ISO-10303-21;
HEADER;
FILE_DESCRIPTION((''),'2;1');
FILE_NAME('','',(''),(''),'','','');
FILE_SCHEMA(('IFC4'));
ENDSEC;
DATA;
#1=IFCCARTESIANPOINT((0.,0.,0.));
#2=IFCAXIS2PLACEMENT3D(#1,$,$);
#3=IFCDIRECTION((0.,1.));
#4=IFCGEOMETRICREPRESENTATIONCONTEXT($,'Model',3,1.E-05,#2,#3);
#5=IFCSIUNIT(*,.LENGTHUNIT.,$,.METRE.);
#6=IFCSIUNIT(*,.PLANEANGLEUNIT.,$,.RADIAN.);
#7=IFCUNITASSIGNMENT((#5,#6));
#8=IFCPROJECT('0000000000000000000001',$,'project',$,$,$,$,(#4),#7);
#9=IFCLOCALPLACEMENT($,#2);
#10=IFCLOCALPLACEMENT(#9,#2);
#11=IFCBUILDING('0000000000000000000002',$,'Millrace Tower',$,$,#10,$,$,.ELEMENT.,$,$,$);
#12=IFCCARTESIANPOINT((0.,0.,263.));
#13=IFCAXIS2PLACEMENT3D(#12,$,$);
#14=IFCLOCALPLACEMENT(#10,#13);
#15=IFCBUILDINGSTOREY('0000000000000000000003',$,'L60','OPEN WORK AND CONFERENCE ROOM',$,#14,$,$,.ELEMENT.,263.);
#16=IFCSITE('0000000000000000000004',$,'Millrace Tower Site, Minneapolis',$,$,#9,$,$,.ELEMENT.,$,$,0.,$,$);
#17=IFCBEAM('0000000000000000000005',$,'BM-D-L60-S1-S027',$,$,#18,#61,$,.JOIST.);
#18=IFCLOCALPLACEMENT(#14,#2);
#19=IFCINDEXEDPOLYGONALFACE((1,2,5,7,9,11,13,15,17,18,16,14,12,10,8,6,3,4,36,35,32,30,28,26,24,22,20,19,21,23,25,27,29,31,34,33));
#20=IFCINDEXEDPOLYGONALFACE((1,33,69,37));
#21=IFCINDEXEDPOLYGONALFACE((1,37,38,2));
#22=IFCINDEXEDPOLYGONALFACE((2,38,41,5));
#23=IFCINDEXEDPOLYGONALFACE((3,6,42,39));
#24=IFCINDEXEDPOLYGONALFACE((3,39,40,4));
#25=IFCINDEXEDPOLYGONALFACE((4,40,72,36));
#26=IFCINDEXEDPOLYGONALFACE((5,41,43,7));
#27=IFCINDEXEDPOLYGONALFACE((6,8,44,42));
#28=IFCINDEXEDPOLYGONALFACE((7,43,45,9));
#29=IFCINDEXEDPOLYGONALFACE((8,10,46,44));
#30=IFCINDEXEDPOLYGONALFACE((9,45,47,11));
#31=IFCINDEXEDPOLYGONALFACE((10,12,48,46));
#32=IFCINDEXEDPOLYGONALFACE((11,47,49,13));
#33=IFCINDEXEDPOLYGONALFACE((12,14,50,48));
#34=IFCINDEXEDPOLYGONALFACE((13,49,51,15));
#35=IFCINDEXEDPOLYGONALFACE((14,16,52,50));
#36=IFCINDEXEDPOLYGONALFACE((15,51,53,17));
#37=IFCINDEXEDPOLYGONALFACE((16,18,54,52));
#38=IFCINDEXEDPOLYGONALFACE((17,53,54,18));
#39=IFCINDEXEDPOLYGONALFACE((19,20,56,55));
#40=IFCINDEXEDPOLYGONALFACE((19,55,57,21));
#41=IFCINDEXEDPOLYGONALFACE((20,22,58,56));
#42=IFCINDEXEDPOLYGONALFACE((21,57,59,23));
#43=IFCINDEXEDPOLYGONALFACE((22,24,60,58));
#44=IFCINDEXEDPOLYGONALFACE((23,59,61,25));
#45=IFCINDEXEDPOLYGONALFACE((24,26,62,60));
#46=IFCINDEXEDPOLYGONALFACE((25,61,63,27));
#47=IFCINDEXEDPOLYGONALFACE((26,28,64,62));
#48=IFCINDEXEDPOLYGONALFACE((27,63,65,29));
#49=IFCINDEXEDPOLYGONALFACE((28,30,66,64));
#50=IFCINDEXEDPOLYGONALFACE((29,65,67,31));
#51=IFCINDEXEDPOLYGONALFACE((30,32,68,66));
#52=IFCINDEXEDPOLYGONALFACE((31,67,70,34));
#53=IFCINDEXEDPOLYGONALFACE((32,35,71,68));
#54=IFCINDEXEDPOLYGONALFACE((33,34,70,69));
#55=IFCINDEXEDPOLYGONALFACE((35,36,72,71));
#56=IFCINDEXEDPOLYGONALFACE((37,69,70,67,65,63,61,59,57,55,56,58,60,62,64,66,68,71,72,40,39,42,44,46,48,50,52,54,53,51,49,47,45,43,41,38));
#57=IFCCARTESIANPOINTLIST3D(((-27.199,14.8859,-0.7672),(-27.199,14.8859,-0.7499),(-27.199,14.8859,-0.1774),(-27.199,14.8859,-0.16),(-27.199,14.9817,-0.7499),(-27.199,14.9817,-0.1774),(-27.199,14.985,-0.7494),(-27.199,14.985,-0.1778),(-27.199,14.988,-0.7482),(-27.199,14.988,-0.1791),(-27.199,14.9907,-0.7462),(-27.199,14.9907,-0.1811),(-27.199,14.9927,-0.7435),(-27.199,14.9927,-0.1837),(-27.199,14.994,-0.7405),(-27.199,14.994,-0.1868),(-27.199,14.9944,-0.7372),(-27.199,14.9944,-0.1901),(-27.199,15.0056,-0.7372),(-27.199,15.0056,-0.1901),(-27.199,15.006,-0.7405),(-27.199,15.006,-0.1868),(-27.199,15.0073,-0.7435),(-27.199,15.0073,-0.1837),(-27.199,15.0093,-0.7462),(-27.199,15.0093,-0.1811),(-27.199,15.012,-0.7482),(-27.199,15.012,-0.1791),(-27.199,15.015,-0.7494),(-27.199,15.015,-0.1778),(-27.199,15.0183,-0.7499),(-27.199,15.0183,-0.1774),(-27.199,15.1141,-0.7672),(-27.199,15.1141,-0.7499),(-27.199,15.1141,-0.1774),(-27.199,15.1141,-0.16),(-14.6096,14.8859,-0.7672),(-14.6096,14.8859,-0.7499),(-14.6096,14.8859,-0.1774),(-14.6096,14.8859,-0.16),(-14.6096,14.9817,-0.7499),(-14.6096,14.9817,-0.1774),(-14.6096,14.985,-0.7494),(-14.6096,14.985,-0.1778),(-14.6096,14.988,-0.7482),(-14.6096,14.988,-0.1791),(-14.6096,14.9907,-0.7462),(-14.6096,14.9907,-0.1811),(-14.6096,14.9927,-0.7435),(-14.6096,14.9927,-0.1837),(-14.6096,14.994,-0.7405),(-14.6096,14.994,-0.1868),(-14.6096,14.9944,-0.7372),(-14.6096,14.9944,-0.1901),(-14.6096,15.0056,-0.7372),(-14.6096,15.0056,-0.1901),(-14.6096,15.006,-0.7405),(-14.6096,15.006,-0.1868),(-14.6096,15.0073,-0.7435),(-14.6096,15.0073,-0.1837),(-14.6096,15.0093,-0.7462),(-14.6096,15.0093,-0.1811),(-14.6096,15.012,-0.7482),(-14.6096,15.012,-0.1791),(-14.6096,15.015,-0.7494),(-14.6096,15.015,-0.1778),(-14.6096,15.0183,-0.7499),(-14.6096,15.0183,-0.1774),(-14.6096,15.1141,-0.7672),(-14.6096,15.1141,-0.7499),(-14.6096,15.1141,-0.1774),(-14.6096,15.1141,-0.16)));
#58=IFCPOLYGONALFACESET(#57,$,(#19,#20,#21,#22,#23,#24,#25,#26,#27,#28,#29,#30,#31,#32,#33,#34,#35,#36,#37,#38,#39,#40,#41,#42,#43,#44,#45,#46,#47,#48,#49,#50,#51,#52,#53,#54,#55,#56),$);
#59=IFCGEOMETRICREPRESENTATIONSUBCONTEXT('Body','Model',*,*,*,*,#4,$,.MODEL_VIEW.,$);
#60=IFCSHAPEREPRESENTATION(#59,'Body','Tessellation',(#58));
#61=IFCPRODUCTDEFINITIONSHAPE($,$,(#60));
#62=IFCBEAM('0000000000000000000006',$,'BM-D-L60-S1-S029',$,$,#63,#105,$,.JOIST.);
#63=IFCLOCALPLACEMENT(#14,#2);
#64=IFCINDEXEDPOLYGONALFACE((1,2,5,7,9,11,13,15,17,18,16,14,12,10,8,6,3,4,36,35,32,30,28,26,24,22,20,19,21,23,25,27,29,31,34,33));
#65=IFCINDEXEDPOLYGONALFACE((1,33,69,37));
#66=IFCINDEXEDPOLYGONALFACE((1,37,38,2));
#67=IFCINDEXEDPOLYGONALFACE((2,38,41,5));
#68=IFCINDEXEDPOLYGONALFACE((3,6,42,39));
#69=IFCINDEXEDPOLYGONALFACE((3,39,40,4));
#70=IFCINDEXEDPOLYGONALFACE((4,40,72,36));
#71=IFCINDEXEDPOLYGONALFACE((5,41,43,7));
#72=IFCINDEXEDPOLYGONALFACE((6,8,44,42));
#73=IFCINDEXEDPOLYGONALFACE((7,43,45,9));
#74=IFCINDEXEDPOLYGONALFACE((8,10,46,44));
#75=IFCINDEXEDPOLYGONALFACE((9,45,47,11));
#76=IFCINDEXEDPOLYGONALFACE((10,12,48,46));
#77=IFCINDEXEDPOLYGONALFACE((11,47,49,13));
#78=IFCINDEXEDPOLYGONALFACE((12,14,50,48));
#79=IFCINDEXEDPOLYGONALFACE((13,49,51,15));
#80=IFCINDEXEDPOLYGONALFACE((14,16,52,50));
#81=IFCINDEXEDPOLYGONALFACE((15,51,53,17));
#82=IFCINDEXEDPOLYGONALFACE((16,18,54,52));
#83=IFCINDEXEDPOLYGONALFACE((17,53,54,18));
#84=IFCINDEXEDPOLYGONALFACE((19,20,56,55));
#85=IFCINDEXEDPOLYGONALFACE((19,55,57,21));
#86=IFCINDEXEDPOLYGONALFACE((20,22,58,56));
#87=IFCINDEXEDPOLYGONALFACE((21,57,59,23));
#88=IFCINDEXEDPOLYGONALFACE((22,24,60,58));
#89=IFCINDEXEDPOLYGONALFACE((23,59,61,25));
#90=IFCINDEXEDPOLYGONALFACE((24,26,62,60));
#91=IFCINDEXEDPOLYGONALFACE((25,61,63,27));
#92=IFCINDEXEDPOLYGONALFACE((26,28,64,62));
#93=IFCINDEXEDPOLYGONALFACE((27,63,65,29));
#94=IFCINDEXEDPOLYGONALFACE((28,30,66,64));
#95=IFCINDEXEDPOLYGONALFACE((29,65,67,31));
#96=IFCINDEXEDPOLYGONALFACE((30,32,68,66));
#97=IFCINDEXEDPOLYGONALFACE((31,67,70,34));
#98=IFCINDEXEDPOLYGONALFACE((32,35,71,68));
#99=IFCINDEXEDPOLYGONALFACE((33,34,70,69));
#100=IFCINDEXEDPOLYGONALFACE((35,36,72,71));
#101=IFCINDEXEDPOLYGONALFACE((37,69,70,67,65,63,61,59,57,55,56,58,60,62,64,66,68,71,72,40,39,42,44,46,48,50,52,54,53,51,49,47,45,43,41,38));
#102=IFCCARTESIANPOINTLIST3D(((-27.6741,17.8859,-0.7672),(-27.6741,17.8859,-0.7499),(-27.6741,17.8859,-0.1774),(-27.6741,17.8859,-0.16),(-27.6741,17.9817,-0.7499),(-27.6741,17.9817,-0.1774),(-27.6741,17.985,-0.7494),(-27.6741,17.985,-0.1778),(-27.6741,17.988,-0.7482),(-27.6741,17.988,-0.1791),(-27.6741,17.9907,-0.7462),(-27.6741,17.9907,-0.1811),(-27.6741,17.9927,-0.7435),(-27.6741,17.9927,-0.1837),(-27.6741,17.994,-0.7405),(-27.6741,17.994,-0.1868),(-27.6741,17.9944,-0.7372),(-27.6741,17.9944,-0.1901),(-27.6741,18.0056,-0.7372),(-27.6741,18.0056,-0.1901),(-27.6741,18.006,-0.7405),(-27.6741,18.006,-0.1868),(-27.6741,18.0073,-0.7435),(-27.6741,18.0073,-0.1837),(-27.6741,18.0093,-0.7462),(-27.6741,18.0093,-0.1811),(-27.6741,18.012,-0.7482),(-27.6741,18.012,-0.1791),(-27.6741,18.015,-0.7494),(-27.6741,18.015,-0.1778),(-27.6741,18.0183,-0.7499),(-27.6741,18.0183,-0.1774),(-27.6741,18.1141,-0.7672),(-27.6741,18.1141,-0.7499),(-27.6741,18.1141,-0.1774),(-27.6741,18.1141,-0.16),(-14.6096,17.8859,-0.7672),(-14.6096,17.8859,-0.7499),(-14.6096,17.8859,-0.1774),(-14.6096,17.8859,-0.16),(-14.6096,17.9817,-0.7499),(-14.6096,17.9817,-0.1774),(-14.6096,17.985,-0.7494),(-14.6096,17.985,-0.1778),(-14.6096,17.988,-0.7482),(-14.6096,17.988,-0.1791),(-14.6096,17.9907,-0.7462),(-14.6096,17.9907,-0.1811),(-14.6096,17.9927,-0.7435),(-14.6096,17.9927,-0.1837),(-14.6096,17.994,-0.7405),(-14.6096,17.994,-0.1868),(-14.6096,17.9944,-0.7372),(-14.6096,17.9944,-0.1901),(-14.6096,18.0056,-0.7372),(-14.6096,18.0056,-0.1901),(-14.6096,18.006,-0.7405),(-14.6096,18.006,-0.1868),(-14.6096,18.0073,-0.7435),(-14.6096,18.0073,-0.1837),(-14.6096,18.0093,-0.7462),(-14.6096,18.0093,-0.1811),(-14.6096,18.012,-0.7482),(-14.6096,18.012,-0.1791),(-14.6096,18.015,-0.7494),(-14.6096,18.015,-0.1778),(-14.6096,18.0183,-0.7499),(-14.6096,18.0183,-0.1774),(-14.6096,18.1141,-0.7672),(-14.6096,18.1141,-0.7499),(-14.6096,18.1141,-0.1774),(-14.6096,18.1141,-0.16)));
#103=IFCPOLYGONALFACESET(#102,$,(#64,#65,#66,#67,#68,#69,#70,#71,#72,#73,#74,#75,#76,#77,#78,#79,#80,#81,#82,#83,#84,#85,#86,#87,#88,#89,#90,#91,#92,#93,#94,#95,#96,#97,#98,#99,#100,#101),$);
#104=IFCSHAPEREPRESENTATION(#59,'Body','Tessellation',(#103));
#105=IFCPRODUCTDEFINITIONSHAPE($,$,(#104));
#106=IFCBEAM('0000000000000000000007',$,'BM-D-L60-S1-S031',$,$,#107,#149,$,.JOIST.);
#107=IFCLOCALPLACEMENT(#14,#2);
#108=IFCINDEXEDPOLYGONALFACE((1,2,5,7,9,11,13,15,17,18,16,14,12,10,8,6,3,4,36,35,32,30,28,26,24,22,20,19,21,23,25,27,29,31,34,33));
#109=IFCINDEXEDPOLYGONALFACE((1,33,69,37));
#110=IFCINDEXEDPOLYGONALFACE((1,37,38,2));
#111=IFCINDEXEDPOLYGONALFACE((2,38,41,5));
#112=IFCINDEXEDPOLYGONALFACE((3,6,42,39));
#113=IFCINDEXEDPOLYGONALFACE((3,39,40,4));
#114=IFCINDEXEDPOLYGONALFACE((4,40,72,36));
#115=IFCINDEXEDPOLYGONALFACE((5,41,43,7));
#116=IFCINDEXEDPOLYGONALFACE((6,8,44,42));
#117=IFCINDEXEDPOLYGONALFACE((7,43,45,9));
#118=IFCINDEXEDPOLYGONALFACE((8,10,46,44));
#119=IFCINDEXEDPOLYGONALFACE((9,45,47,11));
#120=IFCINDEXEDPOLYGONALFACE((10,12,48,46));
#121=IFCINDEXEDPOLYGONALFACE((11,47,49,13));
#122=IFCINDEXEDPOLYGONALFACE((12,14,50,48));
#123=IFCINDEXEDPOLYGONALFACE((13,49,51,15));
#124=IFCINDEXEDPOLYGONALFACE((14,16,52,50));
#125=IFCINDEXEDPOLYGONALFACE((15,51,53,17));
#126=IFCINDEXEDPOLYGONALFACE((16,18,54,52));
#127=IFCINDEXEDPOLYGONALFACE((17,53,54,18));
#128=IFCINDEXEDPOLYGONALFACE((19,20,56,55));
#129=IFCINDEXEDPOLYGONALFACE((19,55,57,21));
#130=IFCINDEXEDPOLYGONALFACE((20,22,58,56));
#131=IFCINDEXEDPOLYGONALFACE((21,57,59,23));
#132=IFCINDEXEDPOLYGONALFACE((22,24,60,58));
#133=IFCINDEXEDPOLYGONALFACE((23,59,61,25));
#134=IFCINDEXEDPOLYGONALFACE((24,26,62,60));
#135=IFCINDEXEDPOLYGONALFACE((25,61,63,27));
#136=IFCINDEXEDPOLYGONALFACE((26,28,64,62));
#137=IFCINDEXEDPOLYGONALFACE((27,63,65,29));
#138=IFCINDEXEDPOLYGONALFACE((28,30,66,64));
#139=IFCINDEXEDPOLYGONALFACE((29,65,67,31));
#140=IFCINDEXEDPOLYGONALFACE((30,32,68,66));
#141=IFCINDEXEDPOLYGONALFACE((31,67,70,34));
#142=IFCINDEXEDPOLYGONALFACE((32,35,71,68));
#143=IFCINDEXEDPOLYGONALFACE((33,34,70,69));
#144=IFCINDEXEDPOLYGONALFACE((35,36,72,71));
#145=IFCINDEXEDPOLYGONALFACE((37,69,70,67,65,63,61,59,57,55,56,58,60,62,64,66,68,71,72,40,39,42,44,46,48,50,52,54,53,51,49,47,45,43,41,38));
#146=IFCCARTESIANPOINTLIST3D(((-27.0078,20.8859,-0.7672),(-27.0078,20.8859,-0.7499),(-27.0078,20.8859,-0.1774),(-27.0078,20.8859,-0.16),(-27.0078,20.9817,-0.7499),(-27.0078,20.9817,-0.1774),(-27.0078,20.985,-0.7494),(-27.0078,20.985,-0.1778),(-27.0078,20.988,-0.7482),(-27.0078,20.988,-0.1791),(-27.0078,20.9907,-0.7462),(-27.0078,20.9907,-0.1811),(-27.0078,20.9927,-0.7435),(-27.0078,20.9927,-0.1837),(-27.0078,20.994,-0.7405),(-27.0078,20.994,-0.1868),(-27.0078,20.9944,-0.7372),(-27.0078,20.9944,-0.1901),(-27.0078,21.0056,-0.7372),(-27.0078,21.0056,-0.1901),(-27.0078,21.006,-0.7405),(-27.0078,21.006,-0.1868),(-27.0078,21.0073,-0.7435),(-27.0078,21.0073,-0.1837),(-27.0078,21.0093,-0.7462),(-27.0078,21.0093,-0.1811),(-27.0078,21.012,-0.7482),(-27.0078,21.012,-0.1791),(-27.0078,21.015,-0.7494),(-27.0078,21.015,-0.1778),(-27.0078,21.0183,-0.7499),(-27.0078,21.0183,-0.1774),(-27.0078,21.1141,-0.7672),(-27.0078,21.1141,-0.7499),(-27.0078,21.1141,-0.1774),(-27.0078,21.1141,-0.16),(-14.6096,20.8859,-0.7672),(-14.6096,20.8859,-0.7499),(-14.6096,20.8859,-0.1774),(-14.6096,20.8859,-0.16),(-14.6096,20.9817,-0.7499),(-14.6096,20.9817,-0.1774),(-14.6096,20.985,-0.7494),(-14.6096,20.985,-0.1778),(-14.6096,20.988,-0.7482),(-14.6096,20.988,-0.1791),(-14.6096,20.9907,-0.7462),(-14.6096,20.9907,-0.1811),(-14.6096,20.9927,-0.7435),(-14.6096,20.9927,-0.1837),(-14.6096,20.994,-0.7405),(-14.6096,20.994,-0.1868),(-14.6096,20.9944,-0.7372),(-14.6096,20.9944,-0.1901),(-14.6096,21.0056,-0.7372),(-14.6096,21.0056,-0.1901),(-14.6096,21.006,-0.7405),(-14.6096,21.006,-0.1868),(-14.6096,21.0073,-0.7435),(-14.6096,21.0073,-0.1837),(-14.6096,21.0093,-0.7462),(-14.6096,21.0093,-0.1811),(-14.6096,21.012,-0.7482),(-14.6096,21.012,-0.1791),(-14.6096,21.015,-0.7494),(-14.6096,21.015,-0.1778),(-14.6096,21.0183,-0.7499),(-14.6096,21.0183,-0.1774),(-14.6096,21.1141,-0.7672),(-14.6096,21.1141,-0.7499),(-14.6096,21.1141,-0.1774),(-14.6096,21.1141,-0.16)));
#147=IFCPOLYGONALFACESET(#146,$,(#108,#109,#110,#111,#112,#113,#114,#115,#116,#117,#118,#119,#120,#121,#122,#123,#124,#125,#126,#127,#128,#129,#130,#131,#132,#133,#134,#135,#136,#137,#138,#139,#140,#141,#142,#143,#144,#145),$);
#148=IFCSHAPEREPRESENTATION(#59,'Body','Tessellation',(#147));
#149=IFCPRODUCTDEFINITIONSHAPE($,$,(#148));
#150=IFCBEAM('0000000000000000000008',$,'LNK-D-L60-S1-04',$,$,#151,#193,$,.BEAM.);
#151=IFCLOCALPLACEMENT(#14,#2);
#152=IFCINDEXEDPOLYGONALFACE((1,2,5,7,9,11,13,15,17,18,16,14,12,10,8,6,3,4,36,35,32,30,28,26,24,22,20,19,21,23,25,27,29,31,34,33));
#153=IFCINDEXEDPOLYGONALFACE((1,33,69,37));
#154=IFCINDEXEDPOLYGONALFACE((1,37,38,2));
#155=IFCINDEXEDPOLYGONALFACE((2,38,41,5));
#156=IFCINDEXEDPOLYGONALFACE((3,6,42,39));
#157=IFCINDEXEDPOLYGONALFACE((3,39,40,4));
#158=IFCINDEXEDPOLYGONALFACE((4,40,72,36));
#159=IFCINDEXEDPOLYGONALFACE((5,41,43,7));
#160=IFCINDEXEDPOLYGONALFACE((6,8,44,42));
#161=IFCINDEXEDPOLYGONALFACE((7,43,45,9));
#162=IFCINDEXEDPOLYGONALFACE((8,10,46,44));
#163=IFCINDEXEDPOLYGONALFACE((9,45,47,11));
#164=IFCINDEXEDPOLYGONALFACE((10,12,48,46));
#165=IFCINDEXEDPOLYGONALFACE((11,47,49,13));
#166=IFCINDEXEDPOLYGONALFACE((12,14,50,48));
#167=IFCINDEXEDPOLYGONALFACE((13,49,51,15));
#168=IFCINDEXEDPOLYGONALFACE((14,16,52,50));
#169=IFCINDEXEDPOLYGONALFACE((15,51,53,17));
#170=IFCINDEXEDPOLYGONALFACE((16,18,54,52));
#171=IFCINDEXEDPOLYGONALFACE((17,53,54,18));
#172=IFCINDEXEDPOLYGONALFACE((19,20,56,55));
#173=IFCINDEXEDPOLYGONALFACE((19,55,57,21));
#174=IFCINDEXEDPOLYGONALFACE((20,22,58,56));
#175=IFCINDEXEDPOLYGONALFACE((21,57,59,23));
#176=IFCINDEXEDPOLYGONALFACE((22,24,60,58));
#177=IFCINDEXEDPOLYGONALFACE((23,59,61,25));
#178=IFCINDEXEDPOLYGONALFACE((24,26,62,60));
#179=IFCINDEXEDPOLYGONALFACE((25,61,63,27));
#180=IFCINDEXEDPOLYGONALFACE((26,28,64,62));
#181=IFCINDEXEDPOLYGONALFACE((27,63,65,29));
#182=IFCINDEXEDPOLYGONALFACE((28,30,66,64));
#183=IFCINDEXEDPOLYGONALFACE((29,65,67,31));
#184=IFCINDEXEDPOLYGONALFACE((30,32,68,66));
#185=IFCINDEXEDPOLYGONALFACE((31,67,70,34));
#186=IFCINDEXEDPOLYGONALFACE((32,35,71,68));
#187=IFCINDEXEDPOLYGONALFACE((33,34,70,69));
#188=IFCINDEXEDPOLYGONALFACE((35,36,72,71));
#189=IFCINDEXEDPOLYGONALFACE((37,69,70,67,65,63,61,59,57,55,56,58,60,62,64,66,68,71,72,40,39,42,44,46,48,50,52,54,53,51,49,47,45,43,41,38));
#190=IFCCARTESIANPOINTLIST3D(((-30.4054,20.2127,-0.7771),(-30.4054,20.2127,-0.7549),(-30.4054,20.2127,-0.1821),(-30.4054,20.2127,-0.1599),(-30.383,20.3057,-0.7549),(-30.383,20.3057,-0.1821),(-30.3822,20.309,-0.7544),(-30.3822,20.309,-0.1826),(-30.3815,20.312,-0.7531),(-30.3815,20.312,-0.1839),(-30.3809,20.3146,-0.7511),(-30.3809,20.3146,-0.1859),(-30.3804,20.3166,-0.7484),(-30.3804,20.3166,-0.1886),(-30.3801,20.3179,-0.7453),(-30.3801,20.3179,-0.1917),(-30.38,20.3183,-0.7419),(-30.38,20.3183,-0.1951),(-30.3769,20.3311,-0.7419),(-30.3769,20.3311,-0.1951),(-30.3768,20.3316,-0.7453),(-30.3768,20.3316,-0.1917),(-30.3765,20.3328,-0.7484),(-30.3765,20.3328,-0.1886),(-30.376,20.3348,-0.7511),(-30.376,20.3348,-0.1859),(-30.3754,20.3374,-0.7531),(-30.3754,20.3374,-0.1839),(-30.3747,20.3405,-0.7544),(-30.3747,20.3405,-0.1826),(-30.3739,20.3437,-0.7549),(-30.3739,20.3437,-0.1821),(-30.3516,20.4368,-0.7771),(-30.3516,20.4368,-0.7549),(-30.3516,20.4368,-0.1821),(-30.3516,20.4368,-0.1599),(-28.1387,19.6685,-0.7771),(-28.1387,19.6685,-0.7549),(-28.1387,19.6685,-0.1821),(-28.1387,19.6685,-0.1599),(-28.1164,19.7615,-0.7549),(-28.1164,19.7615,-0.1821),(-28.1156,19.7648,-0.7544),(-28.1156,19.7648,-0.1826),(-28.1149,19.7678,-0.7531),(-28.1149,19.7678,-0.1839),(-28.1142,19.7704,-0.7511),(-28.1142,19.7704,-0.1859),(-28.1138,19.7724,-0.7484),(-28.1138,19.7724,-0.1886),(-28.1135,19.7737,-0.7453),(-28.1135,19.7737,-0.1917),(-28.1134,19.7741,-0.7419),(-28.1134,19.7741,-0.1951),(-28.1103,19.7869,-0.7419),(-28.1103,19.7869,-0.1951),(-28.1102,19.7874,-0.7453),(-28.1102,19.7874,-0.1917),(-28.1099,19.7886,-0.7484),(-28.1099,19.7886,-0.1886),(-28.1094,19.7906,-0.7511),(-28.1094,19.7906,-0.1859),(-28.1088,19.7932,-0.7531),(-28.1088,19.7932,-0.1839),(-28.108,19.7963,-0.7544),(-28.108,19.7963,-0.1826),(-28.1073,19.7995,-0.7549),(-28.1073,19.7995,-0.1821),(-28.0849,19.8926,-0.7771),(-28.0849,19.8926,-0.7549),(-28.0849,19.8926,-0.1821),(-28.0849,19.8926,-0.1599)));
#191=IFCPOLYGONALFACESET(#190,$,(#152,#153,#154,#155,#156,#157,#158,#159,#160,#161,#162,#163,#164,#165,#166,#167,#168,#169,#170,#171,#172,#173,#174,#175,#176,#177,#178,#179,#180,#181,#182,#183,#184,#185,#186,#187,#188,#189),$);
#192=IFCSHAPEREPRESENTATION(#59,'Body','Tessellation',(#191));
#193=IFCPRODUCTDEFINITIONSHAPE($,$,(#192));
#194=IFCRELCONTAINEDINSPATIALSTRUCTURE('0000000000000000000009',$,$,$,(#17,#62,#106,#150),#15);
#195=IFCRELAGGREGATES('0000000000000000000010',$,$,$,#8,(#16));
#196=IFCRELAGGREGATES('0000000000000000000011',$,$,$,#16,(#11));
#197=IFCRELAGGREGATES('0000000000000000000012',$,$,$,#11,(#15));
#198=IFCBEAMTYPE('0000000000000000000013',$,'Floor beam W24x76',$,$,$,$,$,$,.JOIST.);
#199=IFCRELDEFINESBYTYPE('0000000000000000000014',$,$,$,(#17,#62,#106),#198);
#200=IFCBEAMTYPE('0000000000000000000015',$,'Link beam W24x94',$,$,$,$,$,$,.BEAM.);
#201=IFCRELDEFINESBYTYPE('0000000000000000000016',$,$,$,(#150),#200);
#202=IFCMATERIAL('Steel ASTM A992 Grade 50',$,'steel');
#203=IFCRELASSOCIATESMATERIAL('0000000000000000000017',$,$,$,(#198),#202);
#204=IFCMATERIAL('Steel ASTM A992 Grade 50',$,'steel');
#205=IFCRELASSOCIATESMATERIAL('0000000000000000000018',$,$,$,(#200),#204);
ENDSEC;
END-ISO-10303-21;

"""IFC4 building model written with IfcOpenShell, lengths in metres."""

from ifc_helpers import new_model, si_unit, direction, frame, origin, origin_2d, place, context, subcontext, project, spatial, i_section, extrude, material, material_profile, profile_set, type_object, element, save


model = new_model("IFC4")

# Units and contexts
model_context = context("Model", 3, precision=1e-05, world=origin(), true_north=direction((0.0, 1.0)))
body_context = subcontext(model_context, "Body", "Model", "MODEL_VIEW")
ifc_project = project(units=[si_unit("LENGTHUNIT", "METRE"), si_unit("PLANEANGLEUNIT", "RADIAN")], contexts=[model_context])

# Site, building, storey
site_placement = place(None, origin())
site = spatial("IfcSite", under=ifc_project, at=site_placement, Name="Millrace Tower Site, Minneapolis", CompositionType="ELEMENT", RefElevation=0.0)
building_placement = place(site_placement, origin())
building = spatial("IfcBuilding", under=site, at=building_placement, Name="Millrace Tower", CompositionType="ELEMENT")
storey_placement = place(building_placement, frame((0.0, 0.0, 263.0)))
storey = spatial("IfcBuildingStorey", under=building, at=storey_placement, Name="L60", Description="OPEN WORK AND CONFERENCE ROOM", CompositionType="ELEMENT", Elevation=263.0)

# Beams
ifc_material_1 = material(Name="Steel ASTM A992 Grade 50", Category="steel")
ifc_material_profile_1 = material_profile(ifc_material_1, i_section(OverallWidth=0.2283, OverallDepth=0.6072, WebThickness=0.0112, FlangeThickness=0.0173, FilletRadius=0.0127, at=origin_2d()))
ifc_profile_set_1 = profile_set([ifc_material_profile_1], Name="Steel ASTM A992 Grade 50")
beam_type_1 = type_object("IfcBeamType", Name="Floor beam W24x76", PredefinedType="JOIST", material=ifc_profile_set_1)
beam_1_placement = place(storey_placement, frame((-27.199, 15.0, -0.4636), z_axis=(1.0, 0.0, 0.0), x_axis=(0.0, 1.0, 0.0)))
element("IfcBeam", 1, at=beam_1_placement, inside=storey, type_object=beam_type_1, Name="BM-D-L60-S1-S027", PredefinedType="JOIST", context=body_context, shape_type="SweptSolid", body=[
    extrude(i_section(OverallWidth=0.2283, OverallDepth=0.6072, WebThickness=0.0112, FlangeThickness=0.0173, FilletRadius=0.0127, at=origin_2d()), origin(), (0.0, 0.0, 1.0), 12.5894),
])
beam_2_placement = place(storey_placement, frame((-27.6741, 18.0, -0.4636), z_axis=(1.0, 0.0, 0.0), x_axis=(0.0, 1.0, 0.0)))
element("IfcBeam", 2, at=beam_2_placement, inside=storey, type_object=beam_type_1, Name="BM-D-L60-S1-S029", PredefinedType="JOIST", context=body_context, shape_type="SweptSolid", body=[
    extrude(i_section(OverallWidth=0.2283, OverallDepth=0.6072, WebThickness=0.0112, FlangeThickness=0.0173, FilletRadius=0.0127, at=origin_2d()), origin(), (0.0, 0.0, 1.0), 13.0645),
])
beam_3_placement = place(storey_placement, frame((-27.0078, 21.0, -0.4636), z_axis=(1.0, 0.0, 0.0), x_axis=(0.0, 1.0, 0.0)))
element("IfcBeam", 3, at=beam_3_placement, inside=storey, type_object=beam_type_1, Name="BM-D-L60-S1-S031", PredefinedType="JOIST", context=body_context, shape_type="SweptSolid", body=[
    extrude(i_section(OverallWidth=0.2283, OverallDepth=0.6072, WebThickness=0.0112, FlangeThickness=0.0173, FilletRadius=0.0127, at=origin_2d()), origin(), (0.0, 0.0, 1.0), 12.3982),
])
ifc_material_2 = material(Name="Steel ASTM A992 Grade 50", Category="steel")
ifc_material_profile_2 = material_profile(ifc_material_2, i_section(OverallWidth=0.2305, OverallDepth=0.6172, WebThickness=0.0132, FlangeThickness=0.0222, FilletRadius=0.0129, at=origin_2d()))
ifc_profile_set_2 = profile_set([ifc_material_profile_2], Name="Steel ASTM A992 Grade 50")
beam_type_2 = type_object("IfcBeamType", Name="Link beam W24x94", PredefinedType="BEAM", material=ifc_profile_set_2)
for number, where, z_axis, x_axis, name in (
    (4, (-28.1118, 19.7805, -0.4685), (-0.972367, 0.233456, 0.0), (-0.233456, -0.972367, 0.0), "LNK-D-L60-S1-04"),
):
    element("IfcBeam", number, at=place(storey_placement, frame(where, z_axis=z_axis, x_axis=x_axis)), inside=storey, type_object=beam_type_2, Name=name, PredefinedType="BEAM", context=body_context, shape_type="SweptSolid", body=[
        extrude(i_section(OverallWidth=0.2305, OverallDepth=0.6172, WebThickness=0.0132, FlangeThickness=0.0222, FilletRadius=0.0129, at=origin_2d()), origin(), (0.0, 0.0, 1.0), 2.3311),
    ])

save(model, "model.ifc")
